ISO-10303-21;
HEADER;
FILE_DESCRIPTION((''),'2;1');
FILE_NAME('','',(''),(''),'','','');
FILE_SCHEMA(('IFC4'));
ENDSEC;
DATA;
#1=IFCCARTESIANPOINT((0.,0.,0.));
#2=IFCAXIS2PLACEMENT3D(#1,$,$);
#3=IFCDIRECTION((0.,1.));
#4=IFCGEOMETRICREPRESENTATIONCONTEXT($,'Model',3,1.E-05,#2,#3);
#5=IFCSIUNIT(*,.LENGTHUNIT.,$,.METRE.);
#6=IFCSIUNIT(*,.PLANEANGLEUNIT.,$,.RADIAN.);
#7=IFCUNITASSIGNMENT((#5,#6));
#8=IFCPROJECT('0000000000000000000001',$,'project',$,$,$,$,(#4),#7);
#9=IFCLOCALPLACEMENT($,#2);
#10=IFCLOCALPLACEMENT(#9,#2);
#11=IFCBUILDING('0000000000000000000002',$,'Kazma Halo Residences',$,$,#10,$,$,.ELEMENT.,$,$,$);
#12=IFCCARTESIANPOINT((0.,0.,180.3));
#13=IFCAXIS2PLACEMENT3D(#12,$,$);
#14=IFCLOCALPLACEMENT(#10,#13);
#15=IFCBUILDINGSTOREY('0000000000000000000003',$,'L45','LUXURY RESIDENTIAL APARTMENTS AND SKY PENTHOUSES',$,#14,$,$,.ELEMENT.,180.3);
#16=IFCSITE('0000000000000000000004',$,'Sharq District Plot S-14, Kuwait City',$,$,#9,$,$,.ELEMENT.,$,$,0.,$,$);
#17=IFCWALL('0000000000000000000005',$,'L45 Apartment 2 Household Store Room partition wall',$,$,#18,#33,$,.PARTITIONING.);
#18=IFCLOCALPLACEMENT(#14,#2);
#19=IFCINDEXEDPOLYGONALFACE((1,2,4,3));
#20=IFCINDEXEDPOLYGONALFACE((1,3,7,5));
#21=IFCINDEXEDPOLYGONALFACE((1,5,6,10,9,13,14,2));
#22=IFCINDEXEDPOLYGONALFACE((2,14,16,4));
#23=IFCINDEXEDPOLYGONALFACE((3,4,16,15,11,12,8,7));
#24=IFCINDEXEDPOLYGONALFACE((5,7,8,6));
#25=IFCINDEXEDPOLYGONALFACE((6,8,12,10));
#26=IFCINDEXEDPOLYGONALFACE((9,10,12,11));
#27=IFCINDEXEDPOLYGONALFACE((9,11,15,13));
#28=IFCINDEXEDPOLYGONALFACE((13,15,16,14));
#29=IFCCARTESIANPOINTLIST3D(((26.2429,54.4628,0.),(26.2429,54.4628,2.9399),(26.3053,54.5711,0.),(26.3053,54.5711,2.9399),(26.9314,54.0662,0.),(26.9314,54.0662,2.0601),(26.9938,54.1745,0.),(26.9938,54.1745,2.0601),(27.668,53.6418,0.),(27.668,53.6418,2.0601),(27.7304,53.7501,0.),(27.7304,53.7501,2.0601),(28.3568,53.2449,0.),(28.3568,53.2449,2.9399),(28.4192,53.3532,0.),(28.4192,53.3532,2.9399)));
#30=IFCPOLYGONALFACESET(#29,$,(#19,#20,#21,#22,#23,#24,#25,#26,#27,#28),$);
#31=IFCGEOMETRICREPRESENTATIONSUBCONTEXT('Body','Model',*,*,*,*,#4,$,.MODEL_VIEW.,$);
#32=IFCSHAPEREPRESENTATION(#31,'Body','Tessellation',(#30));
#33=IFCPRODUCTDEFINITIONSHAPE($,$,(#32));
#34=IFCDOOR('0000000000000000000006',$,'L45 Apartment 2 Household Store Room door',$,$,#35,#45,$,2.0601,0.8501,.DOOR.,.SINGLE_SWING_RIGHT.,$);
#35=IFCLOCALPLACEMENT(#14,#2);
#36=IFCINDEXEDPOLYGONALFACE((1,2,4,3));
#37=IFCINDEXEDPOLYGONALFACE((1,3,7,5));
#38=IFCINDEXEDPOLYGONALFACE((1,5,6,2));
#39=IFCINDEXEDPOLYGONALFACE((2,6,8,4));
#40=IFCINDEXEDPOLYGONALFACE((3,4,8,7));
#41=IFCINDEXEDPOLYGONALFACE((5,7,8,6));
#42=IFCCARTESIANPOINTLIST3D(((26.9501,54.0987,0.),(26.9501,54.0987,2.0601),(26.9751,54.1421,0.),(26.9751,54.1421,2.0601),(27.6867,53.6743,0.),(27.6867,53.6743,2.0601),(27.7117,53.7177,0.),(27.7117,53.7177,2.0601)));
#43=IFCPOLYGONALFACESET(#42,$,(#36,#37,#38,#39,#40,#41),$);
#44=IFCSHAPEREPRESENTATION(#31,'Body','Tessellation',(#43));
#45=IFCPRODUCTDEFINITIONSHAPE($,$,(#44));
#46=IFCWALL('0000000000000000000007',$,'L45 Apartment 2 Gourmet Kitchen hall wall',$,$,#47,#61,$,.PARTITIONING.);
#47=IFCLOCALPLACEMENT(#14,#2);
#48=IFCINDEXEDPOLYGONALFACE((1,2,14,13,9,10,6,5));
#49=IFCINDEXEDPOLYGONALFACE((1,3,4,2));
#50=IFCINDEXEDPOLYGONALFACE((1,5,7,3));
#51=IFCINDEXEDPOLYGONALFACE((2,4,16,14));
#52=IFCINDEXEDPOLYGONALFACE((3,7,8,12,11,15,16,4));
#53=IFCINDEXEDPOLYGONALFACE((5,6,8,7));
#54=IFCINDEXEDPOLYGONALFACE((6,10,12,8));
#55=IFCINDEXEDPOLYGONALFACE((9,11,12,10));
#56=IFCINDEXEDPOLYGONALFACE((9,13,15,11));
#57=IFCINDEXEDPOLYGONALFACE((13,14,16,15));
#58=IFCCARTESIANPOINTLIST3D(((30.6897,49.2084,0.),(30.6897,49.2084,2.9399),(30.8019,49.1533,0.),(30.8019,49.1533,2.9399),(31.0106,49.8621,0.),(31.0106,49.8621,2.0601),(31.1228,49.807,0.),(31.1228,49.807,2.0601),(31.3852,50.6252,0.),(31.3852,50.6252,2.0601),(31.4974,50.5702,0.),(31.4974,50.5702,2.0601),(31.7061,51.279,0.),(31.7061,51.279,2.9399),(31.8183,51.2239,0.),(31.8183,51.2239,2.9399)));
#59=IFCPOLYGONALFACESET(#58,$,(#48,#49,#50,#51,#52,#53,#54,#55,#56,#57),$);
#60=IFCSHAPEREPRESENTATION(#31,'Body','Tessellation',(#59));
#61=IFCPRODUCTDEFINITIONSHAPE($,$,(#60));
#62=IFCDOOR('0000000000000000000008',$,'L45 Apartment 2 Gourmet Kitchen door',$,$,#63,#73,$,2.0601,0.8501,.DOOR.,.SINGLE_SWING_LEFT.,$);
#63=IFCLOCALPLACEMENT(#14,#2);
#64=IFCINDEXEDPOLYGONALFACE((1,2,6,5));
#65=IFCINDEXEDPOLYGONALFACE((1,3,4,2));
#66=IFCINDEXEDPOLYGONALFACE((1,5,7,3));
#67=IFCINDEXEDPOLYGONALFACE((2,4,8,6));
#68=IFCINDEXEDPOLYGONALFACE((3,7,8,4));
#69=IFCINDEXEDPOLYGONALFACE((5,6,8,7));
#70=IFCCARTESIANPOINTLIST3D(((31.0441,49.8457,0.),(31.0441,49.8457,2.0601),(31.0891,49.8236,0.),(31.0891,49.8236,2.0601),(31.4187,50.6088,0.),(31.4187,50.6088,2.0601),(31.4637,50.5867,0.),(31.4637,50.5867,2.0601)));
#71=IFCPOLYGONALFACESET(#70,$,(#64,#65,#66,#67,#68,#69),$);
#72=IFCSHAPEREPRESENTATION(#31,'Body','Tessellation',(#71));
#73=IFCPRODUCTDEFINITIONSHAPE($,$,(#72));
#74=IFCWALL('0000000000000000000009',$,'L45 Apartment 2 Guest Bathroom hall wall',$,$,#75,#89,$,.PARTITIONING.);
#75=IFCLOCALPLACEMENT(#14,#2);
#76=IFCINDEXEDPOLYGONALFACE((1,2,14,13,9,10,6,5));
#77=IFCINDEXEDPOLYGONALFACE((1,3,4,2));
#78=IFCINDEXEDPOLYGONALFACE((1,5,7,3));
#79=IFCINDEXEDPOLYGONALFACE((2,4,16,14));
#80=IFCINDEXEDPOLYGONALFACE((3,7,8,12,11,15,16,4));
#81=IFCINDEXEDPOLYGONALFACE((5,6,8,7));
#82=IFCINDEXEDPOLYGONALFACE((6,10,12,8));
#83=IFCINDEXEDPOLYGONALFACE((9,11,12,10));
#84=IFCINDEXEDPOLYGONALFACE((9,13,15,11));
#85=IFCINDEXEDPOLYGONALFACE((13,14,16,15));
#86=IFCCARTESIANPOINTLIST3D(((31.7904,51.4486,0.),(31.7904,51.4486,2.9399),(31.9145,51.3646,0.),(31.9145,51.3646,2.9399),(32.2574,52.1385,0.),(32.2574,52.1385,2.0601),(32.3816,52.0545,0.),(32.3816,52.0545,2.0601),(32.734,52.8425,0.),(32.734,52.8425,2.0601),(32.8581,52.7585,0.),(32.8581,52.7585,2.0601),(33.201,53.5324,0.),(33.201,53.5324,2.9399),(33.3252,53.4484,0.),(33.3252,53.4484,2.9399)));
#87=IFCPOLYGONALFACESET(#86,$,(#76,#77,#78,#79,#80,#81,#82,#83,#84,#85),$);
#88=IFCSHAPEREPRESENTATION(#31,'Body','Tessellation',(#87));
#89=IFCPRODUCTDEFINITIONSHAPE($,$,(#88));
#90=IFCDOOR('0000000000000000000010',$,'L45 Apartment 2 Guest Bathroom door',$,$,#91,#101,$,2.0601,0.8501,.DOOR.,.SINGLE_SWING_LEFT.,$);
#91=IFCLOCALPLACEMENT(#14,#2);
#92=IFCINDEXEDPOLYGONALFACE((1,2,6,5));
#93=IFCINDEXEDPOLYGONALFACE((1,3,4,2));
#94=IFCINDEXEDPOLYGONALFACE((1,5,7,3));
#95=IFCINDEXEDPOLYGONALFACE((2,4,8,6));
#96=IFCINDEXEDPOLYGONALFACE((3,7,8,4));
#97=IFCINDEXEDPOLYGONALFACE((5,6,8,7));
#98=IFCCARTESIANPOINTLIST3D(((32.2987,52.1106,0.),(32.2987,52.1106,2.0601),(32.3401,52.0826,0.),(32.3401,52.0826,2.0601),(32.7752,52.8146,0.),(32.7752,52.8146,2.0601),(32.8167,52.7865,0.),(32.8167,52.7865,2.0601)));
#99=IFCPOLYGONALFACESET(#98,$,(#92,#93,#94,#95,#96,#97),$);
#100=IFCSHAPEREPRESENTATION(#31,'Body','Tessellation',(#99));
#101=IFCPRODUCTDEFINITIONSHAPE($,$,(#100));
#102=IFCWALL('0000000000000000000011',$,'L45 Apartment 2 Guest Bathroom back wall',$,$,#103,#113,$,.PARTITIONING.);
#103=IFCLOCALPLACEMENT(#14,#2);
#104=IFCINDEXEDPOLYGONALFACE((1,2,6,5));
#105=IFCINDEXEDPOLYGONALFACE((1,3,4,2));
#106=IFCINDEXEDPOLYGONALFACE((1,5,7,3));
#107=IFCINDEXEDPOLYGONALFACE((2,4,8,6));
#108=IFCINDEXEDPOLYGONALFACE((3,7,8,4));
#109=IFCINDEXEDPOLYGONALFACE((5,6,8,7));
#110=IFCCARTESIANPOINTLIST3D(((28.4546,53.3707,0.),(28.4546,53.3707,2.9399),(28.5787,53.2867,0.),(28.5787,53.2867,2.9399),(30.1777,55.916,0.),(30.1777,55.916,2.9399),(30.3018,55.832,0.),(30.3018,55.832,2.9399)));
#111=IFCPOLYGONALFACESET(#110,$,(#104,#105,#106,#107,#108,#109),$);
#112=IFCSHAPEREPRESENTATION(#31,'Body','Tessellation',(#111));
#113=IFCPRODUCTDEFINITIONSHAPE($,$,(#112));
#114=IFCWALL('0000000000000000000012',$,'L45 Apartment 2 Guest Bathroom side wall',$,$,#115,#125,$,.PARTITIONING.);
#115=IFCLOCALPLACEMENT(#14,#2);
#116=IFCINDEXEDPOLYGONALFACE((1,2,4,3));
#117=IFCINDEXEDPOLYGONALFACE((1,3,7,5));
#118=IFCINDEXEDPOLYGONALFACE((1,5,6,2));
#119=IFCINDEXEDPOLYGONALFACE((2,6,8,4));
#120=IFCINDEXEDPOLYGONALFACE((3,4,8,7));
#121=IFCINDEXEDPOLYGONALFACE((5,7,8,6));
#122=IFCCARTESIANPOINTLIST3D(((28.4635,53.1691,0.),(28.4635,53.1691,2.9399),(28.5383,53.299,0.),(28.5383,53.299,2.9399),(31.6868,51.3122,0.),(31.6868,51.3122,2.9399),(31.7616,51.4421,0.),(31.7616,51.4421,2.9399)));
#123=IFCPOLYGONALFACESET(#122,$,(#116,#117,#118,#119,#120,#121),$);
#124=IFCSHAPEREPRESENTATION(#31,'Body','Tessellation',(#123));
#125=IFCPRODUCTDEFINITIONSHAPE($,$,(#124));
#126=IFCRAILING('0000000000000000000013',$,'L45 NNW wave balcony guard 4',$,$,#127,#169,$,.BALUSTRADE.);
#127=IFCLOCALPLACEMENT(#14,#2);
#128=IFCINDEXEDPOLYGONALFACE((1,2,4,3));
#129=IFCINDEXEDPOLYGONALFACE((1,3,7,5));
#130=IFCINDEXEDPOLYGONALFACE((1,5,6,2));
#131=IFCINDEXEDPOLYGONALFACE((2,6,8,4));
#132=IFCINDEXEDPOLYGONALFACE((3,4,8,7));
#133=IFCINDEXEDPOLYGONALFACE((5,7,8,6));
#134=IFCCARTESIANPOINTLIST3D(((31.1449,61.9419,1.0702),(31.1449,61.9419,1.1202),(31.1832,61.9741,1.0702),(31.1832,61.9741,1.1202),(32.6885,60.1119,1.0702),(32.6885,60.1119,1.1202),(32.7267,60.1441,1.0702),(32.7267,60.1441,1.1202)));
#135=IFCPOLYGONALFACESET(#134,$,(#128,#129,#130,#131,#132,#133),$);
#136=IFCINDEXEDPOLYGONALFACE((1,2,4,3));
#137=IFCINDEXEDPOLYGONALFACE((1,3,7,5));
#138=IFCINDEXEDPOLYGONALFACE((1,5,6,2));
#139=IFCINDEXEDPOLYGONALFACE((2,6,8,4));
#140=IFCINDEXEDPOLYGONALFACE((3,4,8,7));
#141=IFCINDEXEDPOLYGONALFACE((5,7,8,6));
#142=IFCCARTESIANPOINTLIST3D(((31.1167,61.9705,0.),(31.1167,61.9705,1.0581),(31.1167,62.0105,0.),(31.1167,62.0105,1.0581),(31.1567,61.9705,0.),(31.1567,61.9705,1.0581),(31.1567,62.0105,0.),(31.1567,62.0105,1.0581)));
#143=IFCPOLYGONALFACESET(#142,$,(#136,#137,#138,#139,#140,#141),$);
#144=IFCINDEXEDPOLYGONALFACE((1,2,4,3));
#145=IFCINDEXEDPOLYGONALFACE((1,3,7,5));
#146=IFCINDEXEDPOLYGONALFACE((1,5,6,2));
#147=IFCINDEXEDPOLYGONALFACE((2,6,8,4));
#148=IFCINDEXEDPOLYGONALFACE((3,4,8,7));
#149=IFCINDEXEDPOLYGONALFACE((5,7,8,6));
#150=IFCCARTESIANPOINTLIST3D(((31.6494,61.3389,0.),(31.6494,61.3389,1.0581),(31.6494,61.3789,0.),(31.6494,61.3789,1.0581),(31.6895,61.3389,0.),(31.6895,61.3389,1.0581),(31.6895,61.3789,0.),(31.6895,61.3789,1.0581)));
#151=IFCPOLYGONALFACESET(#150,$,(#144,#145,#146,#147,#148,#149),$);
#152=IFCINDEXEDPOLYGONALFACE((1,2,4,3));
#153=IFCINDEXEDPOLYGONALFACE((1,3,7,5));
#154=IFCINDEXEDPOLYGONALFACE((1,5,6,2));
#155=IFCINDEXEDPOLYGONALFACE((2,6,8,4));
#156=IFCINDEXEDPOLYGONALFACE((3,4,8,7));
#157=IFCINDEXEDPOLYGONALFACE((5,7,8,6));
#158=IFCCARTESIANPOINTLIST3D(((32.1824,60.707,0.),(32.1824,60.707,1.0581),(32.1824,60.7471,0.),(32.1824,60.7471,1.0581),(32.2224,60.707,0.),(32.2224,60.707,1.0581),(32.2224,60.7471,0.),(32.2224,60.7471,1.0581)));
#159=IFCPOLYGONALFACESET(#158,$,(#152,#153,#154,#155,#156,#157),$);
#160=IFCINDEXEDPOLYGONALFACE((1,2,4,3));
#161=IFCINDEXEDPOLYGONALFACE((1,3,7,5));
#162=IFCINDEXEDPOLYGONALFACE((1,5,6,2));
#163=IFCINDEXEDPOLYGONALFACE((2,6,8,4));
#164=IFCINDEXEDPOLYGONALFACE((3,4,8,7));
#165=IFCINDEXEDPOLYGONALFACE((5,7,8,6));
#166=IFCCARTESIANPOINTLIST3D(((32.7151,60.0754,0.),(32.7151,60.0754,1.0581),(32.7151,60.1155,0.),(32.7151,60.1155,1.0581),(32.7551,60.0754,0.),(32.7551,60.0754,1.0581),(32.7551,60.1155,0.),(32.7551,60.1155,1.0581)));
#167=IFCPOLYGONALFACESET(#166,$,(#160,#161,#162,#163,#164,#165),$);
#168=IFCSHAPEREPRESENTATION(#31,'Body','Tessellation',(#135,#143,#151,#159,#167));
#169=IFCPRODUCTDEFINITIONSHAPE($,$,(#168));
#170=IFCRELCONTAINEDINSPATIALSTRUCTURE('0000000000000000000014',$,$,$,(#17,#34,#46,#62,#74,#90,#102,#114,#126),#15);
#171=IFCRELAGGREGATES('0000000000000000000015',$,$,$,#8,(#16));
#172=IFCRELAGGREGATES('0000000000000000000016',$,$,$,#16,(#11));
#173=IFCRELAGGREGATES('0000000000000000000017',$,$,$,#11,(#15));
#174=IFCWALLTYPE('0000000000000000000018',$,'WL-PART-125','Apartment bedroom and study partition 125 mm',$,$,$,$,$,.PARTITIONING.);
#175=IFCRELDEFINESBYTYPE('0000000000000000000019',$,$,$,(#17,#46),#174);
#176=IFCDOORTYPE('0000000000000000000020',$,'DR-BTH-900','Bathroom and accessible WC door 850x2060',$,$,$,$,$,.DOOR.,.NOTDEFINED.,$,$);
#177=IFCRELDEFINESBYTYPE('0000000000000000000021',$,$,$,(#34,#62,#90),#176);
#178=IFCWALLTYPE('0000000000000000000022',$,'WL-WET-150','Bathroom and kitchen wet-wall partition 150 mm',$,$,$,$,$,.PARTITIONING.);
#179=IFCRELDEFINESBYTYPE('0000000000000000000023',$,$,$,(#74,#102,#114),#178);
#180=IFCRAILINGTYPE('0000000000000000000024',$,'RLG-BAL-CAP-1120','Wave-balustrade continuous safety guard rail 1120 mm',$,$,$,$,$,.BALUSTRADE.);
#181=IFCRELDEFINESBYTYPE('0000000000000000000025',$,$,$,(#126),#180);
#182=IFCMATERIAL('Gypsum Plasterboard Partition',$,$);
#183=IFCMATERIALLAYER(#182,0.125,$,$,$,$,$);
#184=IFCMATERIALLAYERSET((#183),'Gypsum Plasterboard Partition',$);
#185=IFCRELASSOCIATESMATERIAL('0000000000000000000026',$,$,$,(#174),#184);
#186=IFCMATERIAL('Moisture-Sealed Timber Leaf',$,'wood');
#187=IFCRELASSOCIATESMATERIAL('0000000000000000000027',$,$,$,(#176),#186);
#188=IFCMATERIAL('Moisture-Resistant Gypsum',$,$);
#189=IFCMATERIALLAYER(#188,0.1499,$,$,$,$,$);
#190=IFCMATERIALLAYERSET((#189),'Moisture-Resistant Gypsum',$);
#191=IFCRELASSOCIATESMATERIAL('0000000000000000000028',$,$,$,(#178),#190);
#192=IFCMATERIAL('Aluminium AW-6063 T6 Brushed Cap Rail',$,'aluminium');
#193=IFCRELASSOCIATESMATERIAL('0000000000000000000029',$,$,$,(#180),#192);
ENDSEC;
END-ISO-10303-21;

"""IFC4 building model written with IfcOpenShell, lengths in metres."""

from ifc_helpers import new_model, si_unit, direction, frame, frame_2d, origin, origin_2d, place, context, subcontext, project, spatial, rectangle, extrude, material, layer, layer_set, type_object, element, fill, save


model = new_model("IFC4")

# Units and contexts
model_context = context("Model", 3, precision=1e-05, world=origin(), true_north=direction((0.0, 1.0)))
body_context = subcontext(model_context, "Body", "Model", "MODEL_VIEW")
ifc_project = project(units=[si_unit("LENGTHUNIT", "METRE"), si_unit("PLANEANGLEUNIT", "RADIAN")], contexts=[model_context])

# Site, building, storey
site_placement = place(None, origin())
site = spatial("IfcSite", under=ifc_project, at=site_placement, Name="Sharq District Plot S-14, Kuwait City", CompositionType="ELEMENT", RefElevation=0.0)
building_placement = place(site_placement, origin())
building = spatial("IfcBuilding", under=site, at=building_placement, Name="Kazma Halo Residences", CompositionType="ELEMENT")
storey_placement = place(building_placement, frame((0.0, 0.0, 180.3)))
storey = spatial("IfcBuildingStorey", under=building, at=storey_placement, Name="L45", Description="LUXURY RESIDENTIAL APARTMENTS AND SKY PENTHOUSES", CompositionType="ELEMENT", Elevation=180.3)

# Shared definitions
ifc_material_1 = material(Name="Gypsum Plasterboard Partition")
ifc_layer_1 = layer(ifc_material_1, 0.125)
ifc_layer_set_1 = layer_set([ifc_layer_1], Name="Gypsum Plasterboard Partition")
wall_type_1 = type_object("IfcWallType", Name="WL-PART-125", Description="Apartment bedroom and study partition 125 mm", PredefinedType="PARTITIONING", material=ifc_layer_set_1)

# Walls, openings, doors
wall_1_placement = place(storey_placement, frame((28.3879, 53.2991, 0.0), z_axis=(0.0, 0.0, 1.0), x_axis=(-0.86647, 0.499229, 0.0)))
wall_1 = element("IfcWall", 1, at=wall_1_placement, inside=storey, type_object=wall_type_1, Name="L45 Apartment 2 Household Store Room partition wall", PredefinedType="PARTITIONING", context=body_context, shape_type="SweptSolid", body=[
    extrude(rectangle(XDim=2.4397, YDim=0.125, at=frame_2d((1.2197, 0.0))), origin(), (0.0, 0.0, 1.0), 2.9399),
])
opening_1_placement = place(wall_1_placement, frame((0.7949, 0.0, 0.0)))
opening_1 = element("IfcOpeningElement", 2, at=opening_1_placement, cuts=wall_1, PredefinedType="OPENING", context=body_context, shape_type="SweptSolid", body=[
    extrude(rectangle(XDim=0.8501, YDim=2.0601, at=frame_2d((0.425, 1.03))), frame((0.0, 0.0725, 0.0), z_axis=(0.0, -1.0, 0.0), x_axis=(1.0, 0.0, 0.0)), (0.0, 0.0, 1.0), 0.145),
])
ifc_material_2 = material(Name="Moisture-Sealed Timber Leaf", Category="wood")
door_type_1 = type_object("IfcDoorType", Name="DR-BTH-900", Description="Bathroom and accessible WC door 850x2060", OperationType="NOTDEFINED", PredefinedType="DOOR", material=ifc_material_2)
door_1_placement = place(opening_1_placement, origin())
door_1 = element("IfcDoor", 3, at=door_1_placement, inside=storey, type_object=door_type_1, Name="L45 Apartment 2 Household Store Room door", OperationType="SINGLE_SWING_RIGHT", OverallHeight=2.0601, OverallWidth=0.8501, PredefinedType="DOOR", context=body_context, shape_type="SweptSolid", body=[
    extrude(rectangle(XDim=0.8501, YDim=2.0601, at=frame_2d((0.425, 1.03))), frame((0.0, 0.0249, 0.0), z_axis=(0.0, -1.0, 0.0), x_axis=(1.0, 0.0, 0.0)), (0.0, 0.0, 1.0), 0.05),
])
fill(opening_1, door_1)
wall_2_placement = place(storey_placement, frame((31.7622, 51.2515, 0.0), z_axis=(0.0, 0.0, 1.0), x_axis=(-0.440639, -0.897684, 0.0)))
wall_2 = element("IfcWall", 4, at=wall_2_placement, inside=storey, type_object=wall_type_1, Name="L45 Apartment 2 Gourmet Kitchen hall wall", PredefinedType="PARTITIONING", context=body_context, shape_type="SweptSolid", body=[
    extrude(rectangle(XDim=2.3066, YDim=0.125, at=frame_2d((1.1533, 0.0))), origin(), (0.0, 0.0, 1.0), 2.9399),
])
opening_2_placement = place(wall_2_placement, frame((0.7283, 0.0, 0.0)))
opening_2 = element("IfcOpeningElement", 5, at=opening_2_placement, cuts=wall_2, PredefinedType="OPENING", context=body_context, shape_type="SweptSolid", body=[
    extrude(rectangle(XDim=0.8501, YDim=2.0601, at=frame_2d((0.425, 1.03))), frame((0.0, 0.0725, 0.0), z_axis=(0.0, -1.0, 0.0), x_axis=(1.0, 0.0, 0.0)), (0.0, 0.0, 1.0), 0.145),
])
door_2_placement = place(opening_2_placement, origin())
door_2 = element("IfcDoor", 6, at=door_2_placement, inside=storey, type_object=door_type_1, Name="L45 Apartment 2 Gourmet Kitchen door", OperationType="SINGLE_SWING_LEFT", OverallHeight=2.0601, OverallWidth=0.8501, PredefinedType="DOOR", context=body_context, shape_type="SweptSolid", body=[
    extrude(rectangle(XDim=0.8501, YDim=2.0601, at=frame_2d((0.425, 1.03))), frame((0.0, 0.0249, 0.0), z_axis=(0.0, -1.0, 0.0), x_axis=(1.0, 0.0, 0.0)), (0.0, 0.0, 1.0), 0.05),
])
fill(opening_2, door_2)
ifc_material_3 = material(Name="Moisture-Resistant Gypsum")
ifc_layer_2 = layer(ifc_material_3, 0.1499)
ifc_layer_set_2 = layer_set([ifc_layer_2], Name="Moisture-Resistant Gypsum")
wall_type_2 = type_object("IfcWallType", Name="WL-WET-150", Description="Bathroom and kitchen wet-wall partition 150 mm", PredefinedType="PARTITIONING", material=ifc_layer_set_2)
wall_3_placement = place(storey_placement, frame((33.2632, 53.4905, 0.0), z_axis=(0.0, 0.0, 1.0), x_axis=(-0.560597, -0.828089, 0.0)))
wall_3 = element("IfcWall", 7, at=wall_3_placement, inside=storey, type_object=wall_type_2, Name="L45 Apartment 2 Guest Bathroom hall wall", PredefinedType="PARTITIONING", context=body_context, shape_type="SweptSolid", body=[
    extrude(rectangle(XDim=2.5164, YDim=0.1499, at=frame_2d((1.2583, 0.0))), origin(), (0.0, 0.0, 1.0), 2.9399),
])
opening_3_placement = place(wall_3_placement, frame((0.8333, 0.0, 0.0)))
opening_3 = element("IfcOpeningElement", 8, at=opening_3_placement, cuts=wall_3, PredefinedType="OPENING", context=body_context, shape_type="SweptSolid", body=[
    extrude(rectangle(XDim=0.8501, YDim=2.0601, at=frame_2d((0.425, 1.03))), frame((0.0, 0.085, 0.0), z_axis=(0.0, -1.0, 0.0), x_axis=(1.0, 0.0, 0.0)), (0.0, 0.0, 1.0), 0.1699),
])
door_3_placement = place(opening_3_placement, origin())
door_3 = element("IfcDoor", 9, at=door_3_placement, inside=storey, type_object=door_type_1, Name="L45 Apartment 2 Guest Bathroom door", OperationType="SINGLE_SWING_LEFT", OverallHeight=2.0601, OverallWidth=0.8501, PredefinedType="DOOR", context=body_context, shape_type="SweptSolid", body=[
    extrude(rectangle(XDim=0.8501, YDim=2.0601, at=frame_2d((0.425, 1.03))), frame((0.0, 0.0249, 0.0), z_axis=(0.0, -1.0, 0.0), x_axis=(1.0, 0.0, 0.0)), (0.0, 0.0, 1.0), 0.05),
])
fill(opening_3, door_3)

# Walls
wall_4_placement = place(storey_placement, frame((30.2397, 55.874, 0.0), z_axis=(0.0, 0.0, 1.0), x_axis=(-0.560588, -0.828095, 0.0)))
element("IfcWall", 10, at=wall_4_placement, inside=storey, type_object=wall_type_2, Name="L45 Apartment 2 Guest Bathroom back wall", PredefinedType="PARTITIONING", context=body_context, shape_type="SweptSolid", body=[
    extrude(rectangle(XDim=3.0737, YDim=0.1499, at=frame_2d((1.5369, 0.0))), origin(), (0.0, 0.0, 1.0), 2.9399),
])
wall_5_placement = place(storey_placement, frame((31.7241, 51.3772, 0.0), z_axis=(0.0, 0.0, 1.0), x_axis=(-0.866501, 0.499175, 0.0)))
element("IfcWall", 11, at=wall_5_placement, inside=storey, type_object=wall_type_2, Name="L45 Apartment 2 Guest Bathroom side wall", PredefinedType="PARTITIONING", context=body_context, shape_type="SweptSolid", body=[
    extrude(rectangle(XDim=3.72, YDim=0.1499, at=frame_2d((1.8599, 0.0))), origin(), (0.0, 0.0, 1.0), 2.9399),
])

# Railing
ifc_material_4 = material(Name="Aluminium AW-6063 T6 Brushed Cap Rail", Category="aluminium")
railing_type = type_object("IfcRailingType", Name="RLG-BAL-CAP-1120", Description="Wave-balustrade continuous safety guard rail 1120 mm", PredefinedType="BALUSTRADE", material=ifc_material_4)
railing_1_placement = place(storey_placement, frame((31.1367, 61.9905, 0.0)))
element("IfcRailing", 12, at=railing_1_placement, inside=storey, type_object=railing_type, Name="L45 NNW wave balcony guard 4", PredefinedType="BALUSTRADE", context=body_context, shape_type="SweptSolid", body=[
    extrude(rectangle(XDim=0.05, YDim=0.05, at=origin_2d()), frame((0.0273, -0.0325, 1.0952), z_axis=(0.644745, -0.764398, 0.0), x_axis=(0.764398, 0.644745, 0.0)), (0.0, 0.0, 1.0), 2.394),
    extrude(rectangle(XDim=0.04, YDim=0.04, at=origin_2d()), origin(), (0.0, 0.0, 1.0), 1.0581),
    extrude(rectangle(XDim=0.04, YDim=0.04, at=origin_2d()), frame((0.5327, -0.6316, 0.0)), (0.0, 0.0, 1.0), 1.0581),
    extrude(rectangle(XDim=0.04, YDim=0.04, at=origin_2d()), frame((1.0657, -1.2634, 0.0)), (0.0, 0.0, 1.0), 1.0581),
    extrude(rectangle(XDim=0.04, YDim=0.04, at=origin_2d()), frame((1.5984, -1.895, 0.0)), (0.0, 0.0, 1.0), 1.0581),
])

save(model, "model.ifc")
